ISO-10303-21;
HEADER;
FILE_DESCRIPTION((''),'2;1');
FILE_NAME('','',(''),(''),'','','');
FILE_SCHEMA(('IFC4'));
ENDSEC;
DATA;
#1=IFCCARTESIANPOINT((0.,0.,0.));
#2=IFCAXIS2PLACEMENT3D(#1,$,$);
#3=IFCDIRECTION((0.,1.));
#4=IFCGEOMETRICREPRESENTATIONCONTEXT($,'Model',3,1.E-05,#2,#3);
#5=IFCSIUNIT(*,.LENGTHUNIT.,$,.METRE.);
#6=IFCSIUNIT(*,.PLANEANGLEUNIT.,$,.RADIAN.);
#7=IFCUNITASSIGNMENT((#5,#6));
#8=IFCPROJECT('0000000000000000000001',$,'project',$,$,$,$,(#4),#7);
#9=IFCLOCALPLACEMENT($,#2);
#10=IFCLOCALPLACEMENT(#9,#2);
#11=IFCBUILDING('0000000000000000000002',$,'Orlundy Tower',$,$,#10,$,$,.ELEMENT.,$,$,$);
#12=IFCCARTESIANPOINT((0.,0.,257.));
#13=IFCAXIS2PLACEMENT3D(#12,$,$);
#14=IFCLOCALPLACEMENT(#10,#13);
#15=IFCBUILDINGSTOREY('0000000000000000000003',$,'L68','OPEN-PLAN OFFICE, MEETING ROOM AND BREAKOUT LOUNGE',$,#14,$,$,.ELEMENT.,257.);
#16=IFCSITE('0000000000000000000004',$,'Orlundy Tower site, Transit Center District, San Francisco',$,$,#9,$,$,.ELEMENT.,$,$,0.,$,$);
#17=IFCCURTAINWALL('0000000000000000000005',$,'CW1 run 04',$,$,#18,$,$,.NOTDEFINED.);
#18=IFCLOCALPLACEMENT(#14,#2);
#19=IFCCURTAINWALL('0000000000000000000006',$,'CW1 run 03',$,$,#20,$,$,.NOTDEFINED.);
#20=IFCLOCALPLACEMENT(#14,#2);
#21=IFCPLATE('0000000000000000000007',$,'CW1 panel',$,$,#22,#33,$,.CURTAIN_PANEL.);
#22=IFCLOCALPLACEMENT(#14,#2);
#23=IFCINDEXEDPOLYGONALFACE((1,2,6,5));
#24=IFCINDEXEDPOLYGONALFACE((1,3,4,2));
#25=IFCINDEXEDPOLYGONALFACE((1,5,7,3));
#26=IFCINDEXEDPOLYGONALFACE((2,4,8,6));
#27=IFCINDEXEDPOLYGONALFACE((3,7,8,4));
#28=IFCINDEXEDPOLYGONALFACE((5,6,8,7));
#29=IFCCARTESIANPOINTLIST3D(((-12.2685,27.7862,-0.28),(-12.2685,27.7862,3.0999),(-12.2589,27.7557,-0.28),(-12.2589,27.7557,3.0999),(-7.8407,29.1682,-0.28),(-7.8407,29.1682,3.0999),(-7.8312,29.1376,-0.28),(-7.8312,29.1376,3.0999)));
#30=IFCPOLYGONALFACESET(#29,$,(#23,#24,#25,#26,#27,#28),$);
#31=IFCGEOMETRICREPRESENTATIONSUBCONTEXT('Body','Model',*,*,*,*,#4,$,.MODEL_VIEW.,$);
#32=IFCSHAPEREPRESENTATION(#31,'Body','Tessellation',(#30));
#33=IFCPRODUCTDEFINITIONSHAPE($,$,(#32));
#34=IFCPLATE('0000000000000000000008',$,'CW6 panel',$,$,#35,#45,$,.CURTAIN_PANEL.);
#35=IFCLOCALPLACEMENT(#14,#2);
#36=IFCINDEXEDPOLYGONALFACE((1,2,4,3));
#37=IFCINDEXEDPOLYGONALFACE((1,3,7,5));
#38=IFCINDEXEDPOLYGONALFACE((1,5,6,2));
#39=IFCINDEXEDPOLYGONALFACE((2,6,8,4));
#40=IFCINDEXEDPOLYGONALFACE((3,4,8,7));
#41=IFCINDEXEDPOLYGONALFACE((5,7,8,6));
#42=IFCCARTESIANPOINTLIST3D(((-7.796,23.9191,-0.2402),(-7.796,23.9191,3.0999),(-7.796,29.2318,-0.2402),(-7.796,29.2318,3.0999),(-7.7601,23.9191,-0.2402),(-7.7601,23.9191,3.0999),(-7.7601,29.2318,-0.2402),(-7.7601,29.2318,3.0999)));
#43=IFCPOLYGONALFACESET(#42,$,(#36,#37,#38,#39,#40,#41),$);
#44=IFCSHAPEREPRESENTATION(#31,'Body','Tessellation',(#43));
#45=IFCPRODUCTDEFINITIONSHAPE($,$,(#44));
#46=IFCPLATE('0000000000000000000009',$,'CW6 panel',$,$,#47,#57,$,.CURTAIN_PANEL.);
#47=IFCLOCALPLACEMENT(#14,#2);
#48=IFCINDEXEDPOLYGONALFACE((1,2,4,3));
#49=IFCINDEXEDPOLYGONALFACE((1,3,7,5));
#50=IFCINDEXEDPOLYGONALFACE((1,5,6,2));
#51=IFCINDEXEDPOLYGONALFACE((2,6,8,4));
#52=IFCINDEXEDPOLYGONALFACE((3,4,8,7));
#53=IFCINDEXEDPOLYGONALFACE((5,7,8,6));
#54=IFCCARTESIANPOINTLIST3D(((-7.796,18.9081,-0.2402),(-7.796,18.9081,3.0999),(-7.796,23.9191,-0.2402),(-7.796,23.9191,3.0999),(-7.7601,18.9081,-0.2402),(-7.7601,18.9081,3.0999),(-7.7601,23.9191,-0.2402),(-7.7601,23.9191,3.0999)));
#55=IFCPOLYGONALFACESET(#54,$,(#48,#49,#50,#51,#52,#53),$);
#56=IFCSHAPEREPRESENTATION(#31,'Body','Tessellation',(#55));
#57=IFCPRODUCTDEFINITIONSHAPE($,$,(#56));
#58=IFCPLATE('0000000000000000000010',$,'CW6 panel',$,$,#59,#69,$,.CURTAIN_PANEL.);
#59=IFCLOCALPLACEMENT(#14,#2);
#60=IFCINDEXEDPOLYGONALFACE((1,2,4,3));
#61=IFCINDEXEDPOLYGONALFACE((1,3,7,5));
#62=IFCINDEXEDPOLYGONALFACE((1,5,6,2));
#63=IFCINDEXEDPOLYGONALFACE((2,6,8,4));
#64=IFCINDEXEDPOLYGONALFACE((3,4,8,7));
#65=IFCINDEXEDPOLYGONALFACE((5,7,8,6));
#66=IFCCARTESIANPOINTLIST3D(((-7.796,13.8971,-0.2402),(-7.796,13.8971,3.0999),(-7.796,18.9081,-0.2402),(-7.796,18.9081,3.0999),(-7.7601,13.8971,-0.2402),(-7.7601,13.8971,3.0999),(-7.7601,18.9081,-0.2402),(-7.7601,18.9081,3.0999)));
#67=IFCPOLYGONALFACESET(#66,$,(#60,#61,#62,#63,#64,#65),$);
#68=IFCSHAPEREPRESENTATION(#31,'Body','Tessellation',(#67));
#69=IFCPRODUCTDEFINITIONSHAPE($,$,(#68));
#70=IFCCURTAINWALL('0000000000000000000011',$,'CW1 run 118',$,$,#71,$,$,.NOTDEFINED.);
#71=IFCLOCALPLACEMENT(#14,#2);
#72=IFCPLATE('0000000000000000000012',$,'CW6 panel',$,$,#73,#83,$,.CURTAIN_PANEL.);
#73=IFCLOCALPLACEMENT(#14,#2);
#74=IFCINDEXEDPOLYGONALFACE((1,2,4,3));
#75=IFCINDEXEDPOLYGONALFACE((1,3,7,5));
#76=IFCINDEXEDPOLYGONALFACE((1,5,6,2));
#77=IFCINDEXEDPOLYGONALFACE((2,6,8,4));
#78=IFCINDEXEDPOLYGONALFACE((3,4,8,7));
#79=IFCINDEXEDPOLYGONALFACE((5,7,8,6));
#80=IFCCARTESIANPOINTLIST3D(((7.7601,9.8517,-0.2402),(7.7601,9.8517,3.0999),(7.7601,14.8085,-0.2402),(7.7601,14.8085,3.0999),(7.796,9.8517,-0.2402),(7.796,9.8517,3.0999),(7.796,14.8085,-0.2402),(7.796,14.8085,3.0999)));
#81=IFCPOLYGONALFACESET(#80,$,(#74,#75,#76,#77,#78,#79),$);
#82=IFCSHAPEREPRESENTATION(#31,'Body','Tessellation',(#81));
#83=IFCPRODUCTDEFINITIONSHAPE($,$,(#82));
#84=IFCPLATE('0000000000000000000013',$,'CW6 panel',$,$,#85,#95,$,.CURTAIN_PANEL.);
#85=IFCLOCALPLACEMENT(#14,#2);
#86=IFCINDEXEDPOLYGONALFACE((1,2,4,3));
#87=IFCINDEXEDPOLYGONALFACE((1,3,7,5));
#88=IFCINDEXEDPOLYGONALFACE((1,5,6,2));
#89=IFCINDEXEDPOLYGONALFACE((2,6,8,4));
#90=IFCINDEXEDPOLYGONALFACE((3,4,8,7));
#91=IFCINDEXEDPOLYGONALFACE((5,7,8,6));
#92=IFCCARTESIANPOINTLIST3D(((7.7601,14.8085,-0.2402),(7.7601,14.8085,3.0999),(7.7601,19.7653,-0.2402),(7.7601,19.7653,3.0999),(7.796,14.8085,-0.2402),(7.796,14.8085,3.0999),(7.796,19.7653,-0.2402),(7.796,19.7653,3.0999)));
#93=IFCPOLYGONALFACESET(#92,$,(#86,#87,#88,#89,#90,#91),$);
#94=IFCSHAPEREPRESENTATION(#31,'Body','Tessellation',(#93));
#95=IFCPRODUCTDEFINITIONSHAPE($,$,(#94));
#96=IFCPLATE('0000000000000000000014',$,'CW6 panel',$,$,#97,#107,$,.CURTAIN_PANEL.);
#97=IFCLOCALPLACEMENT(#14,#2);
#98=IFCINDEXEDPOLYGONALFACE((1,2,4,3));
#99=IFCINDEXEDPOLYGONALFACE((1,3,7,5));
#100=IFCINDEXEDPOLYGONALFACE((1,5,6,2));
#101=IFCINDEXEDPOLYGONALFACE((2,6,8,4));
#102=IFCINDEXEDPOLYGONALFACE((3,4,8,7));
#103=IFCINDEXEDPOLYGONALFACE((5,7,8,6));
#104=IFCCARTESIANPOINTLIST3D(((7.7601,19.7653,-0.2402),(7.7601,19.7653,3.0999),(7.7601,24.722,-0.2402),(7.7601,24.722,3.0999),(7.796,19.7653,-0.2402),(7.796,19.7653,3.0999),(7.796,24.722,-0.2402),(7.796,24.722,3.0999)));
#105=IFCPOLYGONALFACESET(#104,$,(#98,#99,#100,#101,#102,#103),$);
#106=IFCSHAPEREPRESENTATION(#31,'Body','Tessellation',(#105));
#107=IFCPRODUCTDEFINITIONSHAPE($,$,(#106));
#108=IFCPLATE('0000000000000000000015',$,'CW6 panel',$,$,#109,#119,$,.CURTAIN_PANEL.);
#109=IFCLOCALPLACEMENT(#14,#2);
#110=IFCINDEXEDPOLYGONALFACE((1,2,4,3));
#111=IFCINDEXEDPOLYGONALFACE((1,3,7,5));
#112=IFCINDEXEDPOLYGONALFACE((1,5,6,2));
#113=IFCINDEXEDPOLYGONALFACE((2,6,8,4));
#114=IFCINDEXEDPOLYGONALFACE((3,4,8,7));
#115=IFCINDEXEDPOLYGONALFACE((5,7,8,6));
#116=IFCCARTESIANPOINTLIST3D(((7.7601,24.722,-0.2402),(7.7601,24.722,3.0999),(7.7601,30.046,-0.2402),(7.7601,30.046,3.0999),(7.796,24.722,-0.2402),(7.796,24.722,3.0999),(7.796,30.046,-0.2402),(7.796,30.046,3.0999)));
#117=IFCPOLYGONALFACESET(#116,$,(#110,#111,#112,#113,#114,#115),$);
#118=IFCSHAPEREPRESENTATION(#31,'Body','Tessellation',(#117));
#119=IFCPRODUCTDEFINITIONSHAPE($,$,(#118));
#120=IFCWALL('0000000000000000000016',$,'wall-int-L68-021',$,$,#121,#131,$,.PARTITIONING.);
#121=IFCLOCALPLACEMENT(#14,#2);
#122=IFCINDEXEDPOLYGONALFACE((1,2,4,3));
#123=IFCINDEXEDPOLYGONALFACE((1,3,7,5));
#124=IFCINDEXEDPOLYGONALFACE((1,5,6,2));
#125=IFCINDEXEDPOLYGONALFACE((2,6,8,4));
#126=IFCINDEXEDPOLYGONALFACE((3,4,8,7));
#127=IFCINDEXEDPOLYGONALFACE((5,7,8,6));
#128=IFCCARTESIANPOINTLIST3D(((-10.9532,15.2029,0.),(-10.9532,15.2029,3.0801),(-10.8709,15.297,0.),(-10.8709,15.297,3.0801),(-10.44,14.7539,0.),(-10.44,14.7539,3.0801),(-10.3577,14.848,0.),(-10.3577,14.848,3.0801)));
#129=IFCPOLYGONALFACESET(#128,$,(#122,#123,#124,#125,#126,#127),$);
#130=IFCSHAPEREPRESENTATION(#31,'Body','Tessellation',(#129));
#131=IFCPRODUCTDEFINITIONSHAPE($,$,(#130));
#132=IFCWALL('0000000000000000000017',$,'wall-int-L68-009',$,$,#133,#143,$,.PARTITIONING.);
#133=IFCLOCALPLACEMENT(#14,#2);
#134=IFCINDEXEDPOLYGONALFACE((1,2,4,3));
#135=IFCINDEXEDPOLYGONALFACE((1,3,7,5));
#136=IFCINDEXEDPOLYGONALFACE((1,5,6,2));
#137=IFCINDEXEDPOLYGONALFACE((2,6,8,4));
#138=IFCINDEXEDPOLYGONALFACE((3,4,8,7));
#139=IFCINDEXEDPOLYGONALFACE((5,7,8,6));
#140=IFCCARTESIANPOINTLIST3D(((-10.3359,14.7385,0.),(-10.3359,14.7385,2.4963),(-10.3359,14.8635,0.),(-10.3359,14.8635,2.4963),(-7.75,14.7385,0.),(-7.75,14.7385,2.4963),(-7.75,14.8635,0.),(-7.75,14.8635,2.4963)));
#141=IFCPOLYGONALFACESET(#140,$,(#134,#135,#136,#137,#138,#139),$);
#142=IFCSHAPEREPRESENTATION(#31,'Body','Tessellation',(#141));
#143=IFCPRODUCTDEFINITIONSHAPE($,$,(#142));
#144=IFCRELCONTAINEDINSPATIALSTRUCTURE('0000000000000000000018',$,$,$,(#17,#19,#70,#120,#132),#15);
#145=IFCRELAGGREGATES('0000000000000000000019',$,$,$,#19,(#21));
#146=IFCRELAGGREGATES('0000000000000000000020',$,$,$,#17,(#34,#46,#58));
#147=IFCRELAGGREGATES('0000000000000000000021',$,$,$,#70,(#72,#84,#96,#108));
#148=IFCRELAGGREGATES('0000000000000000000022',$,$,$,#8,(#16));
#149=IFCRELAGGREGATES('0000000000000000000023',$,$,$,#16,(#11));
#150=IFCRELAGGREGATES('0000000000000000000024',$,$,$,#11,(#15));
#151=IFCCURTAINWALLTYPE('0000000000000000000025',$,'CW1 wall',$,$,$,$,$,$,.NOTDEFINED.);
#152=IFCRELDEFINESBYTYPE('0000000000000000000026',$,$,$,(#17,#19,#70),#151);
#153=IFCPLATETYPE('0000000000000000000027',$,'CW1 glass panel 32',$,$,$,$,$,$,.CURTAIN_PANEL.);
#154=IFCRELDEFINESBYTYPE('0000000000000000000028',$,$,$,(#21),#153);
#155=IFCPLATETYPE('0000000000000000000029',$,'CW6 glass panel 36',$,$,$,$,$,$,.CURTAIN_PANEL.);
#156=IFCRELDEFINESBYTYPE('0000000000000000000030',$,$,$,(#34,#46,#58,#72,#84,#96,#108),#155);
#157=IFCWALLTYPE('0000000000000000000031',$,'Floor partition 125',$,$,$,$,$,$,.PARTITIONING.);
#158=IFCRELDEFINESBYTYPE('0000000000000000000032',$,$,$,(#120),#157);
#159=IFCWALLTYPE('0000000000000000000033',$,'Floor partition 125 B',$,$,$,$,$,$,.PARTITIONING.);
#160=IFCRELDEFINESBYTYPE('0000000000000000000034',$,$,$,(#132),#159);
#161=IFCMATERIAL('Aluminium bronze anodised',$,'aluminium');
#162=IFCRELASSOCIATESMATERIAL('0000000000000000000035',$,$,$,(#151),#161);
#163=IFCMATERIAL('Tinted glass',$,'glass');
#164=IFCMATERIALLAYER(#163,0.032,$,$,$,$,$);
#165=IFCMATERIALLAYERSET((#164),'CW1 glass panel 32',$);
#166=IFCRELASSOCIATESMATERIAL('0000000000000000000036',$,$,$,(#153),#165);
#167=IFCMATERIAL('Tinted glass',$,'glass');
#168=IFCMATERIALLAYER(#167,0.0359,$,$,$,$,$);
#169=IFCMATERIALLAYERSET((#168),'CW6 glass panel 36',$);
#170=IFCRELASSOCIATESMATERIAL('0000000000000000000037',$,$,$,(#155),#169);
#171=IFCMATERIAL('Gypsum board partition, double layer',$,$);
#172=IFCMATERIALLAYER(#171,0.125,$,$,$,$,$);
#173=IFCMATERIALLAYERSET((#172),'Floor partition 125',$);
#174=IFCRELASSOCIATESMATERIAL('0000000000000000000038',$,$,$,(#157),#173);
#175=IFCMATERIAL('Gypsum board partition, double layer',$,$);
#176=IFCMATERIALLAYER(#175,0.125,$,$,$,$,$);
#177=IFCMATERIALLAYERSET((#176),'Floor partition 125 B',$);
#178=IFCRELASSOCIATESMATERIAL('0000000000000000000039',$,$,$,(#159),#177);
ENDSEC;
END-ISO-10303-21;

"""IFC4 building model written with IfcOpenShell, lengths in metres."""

from ifc_helpers import new_model, si_unit, direction, frame, frame_2d, origin, origin_2d, place, context, subcontext, project, spatial, rectangle, extrude, material, layer, layer_set, type_object, element, aggregate, save


model = new_model("IFC4")

# Units and contexts
model_context = context("Model", 3, precision=1e-05, world=origin(), true_north=direction((0.0, 1.0)))
body_context = subcontext(model_context, "Body", "Model", "MODEL_VIEW")
ifc_project = project(units=[si_unit("LENGTHUNIT", "METRE"), si_unit("PLANEANGLEUNIT", "RADIAN")], contexts=[model_context])

# Site, building, storey
site_placement = place(None, origin())
site = spatial("IfcSite", under=ifc_project, at=site_placement, Name="Orlundy Tower site, Transit Center District, San Francisco", CompositionType="ELEMENT", RefElevation=0.0)
building_placement = place(site_placement, origin())
building = spatial("IfcBuilding", under=site, at=building_placement, Name="Orlundy Tower", CompositionType="ELEMENT")
storey_placement = place(building_placement, frame((0.0, 0.0, 257.0)))
storey = spatial("IfcBuildingStorey", under=building, at=storey_placement, Name="L68", Description="OPEN-PLAN OFFICE, MEETING ROOM AND BREAKOUT LOUNGE", CompositionType="ELEMENT", Elevation=257.0)

# Curtain walls
ifc_material_1 = material(Name="Aluminium bronze anodised", Category="aluminium")
curtain_wall_type = type_object("IfcCurtainWallType", Name="CW1 wall", PredefinedType="NOTDEFINED", material=ifc_material_1)
curtain_wall_1_placement = place(storey_placement, origin())
curtain_wall_1 = element("IfcCurtainWall", 1, at=curtain_wall_1_placement, inside=storey, type_object=curtain_wall_type, Name="CW1 run 04", PredefinedType="NOTDEFINED")
curtain_wall_2_placement = place(storey_placement, origin())
curtain_wall_2 = element("IfcCurtainWall", 2, at=curtain_wall_2_placement, inside=storey, type_object=curtain_wall_type, Name="CW1 run 03", PredefinedType="NOTDEFINED")

# Plates
ifc_material_2 = material(Name="Tinted glass", Category="glass")
ifc_layer_1 = layer(ifc_material_2, 0.032)
ifc_layer_set_1 = layer_set([ifc_layer_1], Name="CW1 glass panel 32")
plate_type_1 = type_object("IfcPlateType", Name="CW1 glass panel 32", PredefinedType="CURTAIN_PANEL", material=ifc_layer_set_1)
plate_1_placement = place(storey_placement, frame((-10.0498, 28.4619, -0.28), z_axis=(0.0, 0.0, 1.0), x_axis=(0.954586, 0.297935, 0.0)))
plate_1 = element("IfcPlate", 3, at=plate_1_placement, type_object=plate_type_1, Name="CW1 panel", PredefinedType="CURTAIN_PANEL", context=body_context, shape_type="SweptSolid", body=[
    extrude(rectangle(XDim=4.6384, YDim=0.032, at=origin_2d()), origin(), (0.0, 0.0, 1.0), 3.3799),
])
aggregate(curtain_wall_2, [plate_1])
ifc_material_3 = material(Name="Tinted glass", Category="glass")
ifc_layer_2 = layer(ifc_material_3, 0.0359)
ifc_layer_set_2 = layer_set([ifc_layer_2], Name="CW6 glass panel 36")
plate_type_2 = type_object("IfcPlateType", Name="CW6 glass panel 36", PredefinedType="CURTAIN_PANEL", material=ifc_layer_set_2)
plate_2_placement = place(storey_placement, frame((-7.7781, 26.5754, -0.2402), z_axis=(0.0, 0.0, 1.0), x_axis=(0.0, -1.0, 0.0)))
plate_2 = element("IfcPlate", 4, at=plate_2_placement, type_object=plate_type_2, Name="CW6 panel", PredefinedType="CURTAIN_PANEL", context=body_context, shape_type="SweptSolid", body=[
    extrude(rectangle(XDim=5.3127, YDim=0.0359, at=origin_2d()), origin(), (0.0, 0.0, 1.0), 3.3401),
])
plate_3_placement = place(storey_placement, frame((-7.7781, 21.4136, -0.2402), z_axis=(0.0, 0.0, 1.0), x_axis=(0.0, -1.0, 0.0)))
plate_3 = element("IfcPlate", 5, at=plate_3_placement, type_object=plate_type_2, Name="CW6 panel", PredefinedType="CURTAIN_PANEL", context=body_context, shape_type="SweptSolid", body=[
    extrude(rectangle(XDim=5.011, YDim=0.0359, at=origin_2d()), origin(), (0.0, 0.0, 1.0), 3.3401),
])
plate_4_placement = place(storey_placement, frame((-7.7781, 16.4026, -0.2402), z_axis=(0.0, 0.0, 1.0), x_axis=(0.0, -1.0, 0.0)))
plate_4 = element("IfcPlate", 6, at=plate_4_placement, type_object=plate_type_2, Name="CW6 panel", PredefinedType="CURTAIN_PANEL", context=body_context, shape_type="SweptSolid", body=[
    extrude(rectangle(XDim=5.011, YDim=0.0359, at=origin_2d()), origin(), (0.0, 0.0, 1.0), 3.3401),
])
aggregate(curtain_wall_1, [plate_2, plate_3, plate_4])

# Curtain wall, plates
curtain_wall_3_placement = place(storey_placement, origin())
curtain_wall_3 = element("IfcCurtainWall", 7, at=curtain_wall_3_placement, inside=storey, type_object=curtain_wall_type, Name="CW1 run 118", PredefinedType="NOTDEFINED")
plate_5_placement = place(storey_placement, frame((7.7781, 12.3301, -0.2402), z_axis=(0.0, 0.0, 1.0), x_axis=(0.0, 1.0, 0.0)))
plate_5 = element("IfcPlate", 8, at=plate_5_placement, type_object=plate_type_2, Name="CW6 panel", PredefinedType="CURTAIN_PANEL", context=body_context, shape_type="SweptSolid", body=[
    extrude(rectangle(XDim=4.9568, YDim=0.0359, at=origin_2d()), origin(), (0.0, 0.0, 1.0), 3.3401),
])
plate_6_placement = place(storey_placement, frame((7.7781, 17.2869, -0.2402), z_axis=(0.0, 0.0, 1.0), x_axis=(0.0, 1.0, 0.0)))
plate_6 = element("IfcPlate", 9, at=plate_6_placement, type_object=plate_type_2, Name="CW6 panel", PredefinedType="CURTAIN_PANEL", context=body_context, shape_type="SweptSolid", body=[
    extrude(rectangle(XDim=4.9568, YDim=0.0359, at=origin_2d()), origin(), (0.0, 0.0, 1.0), 3.3401),
])
plate_7_placement = place(storey_placement, frame((7.7781, 22.2437, -0.2402), z_axis=(0.0, 0.0, 1.0), x_axis=(0.0, 1.0, 0.0)))
plate_7 = element("IfcPlate", 10, at=plate_7_placement, type_object=plate_type_2, Name="CW6 panel", PredefinedType="CURTAIN_PANEL", context=body_context, shape_type="SweptSolid", body=[
    extrude(rectangle(XDim=4.9568, YDim=0.0359, at=origin_2d()), origin(), (0.0, 0.0, 1.0), 3.3401),
])
plate_8_placement = place(storey_placement, frame((7.7781, 27.384, -0.2402), z_axis=(0.0, 0.0, 1.0), x_axis=(0.0, 1.0, 0.0)))
plate_8 = element("IfcPlate", 11, at=plate_8_placement, type_object=plate_type_2, Name="CW6 panel", PredefinedType="CURTAIN_PANEL", context=body_context, shape_type="SweptSolid", body=[
    extrude(rectangle(XDim=5.324, YDim=0.0359, at=origin_2d()), origin(), (0.0, 0.0, 1.0), 3.3401),
])
aggregate(curtain_wall_3, [plate_5, plate_6, plate_7, plate_8])

# Walls
ifc_material_4 = material(Name="Gypsum board partition, double layer")
ifc_layer_3 = layer(ifc_material_4, 0.125)
ifc_layer_set_3 = layer_set([ifc_layer_3], Name="Floor partition 125")
wall_type_1 = type_object("IfcWallType", Name="Floor partition 125", PredefinedType="PARTITIONING", material=ifc_layer_set_3)
wall_1_placement = place(storey_placement, frame((-10.3989, 14.801, 0.0), z_axis=(0.0, 0.0, 1.0), x_axis=(-0.752621, 0.658454, 0.0)))
element("IfcWall", 12, at=wall_1_placement, inside=storey, type_object=wall_type_1, Name="wall-int-L68-021", PredefinedType="PARTITIONING", context=body_context, shape_type="SweptSolid", body=[
    extrude(rectangle(XDim=0.6819, YDim=0.125, at=frame_2d((0.3408, 0.0))), origin(), (0.0, 0.0, 1.0), 3.0801),
])
ifc_material_5 = material(Name="Gypsum board partition, double layer")
ifc_layer_4 = layer(ifc_material_5, 0.125)
ifc_layer_set_4 = layer_set([ifc_layer_4], Name="Floor partition 125 B")
wall_type_2 = type_object("IfcWallType", Name="Floor partition 125 B", PredefinedType="PARTITIONING", material=ifc_layer_set_4)
wall_2_placement = place(storey_placement, frame((-10.3359, 14.801, 0.0), z_axis=(0.0, 0.0, 1.0), x_axis=(1.0, 0.0, 0.0)))
element("IfcWall", 13, at=wall_2_placement, inside=storey, type_object=wall_type_2, Name="wall-int-L68-009", PredefinedType="PARTITIONING", context=body_context, shape_type="SweptSolid", body=[
    extrude(rectangle(XDim=2.5859, YDim=0.125, at=frame_2d((1.293, 0.0))), origin(), (0.0, 0.0, 1.0), 2.4963),
])

save(model, "model.ifc")
